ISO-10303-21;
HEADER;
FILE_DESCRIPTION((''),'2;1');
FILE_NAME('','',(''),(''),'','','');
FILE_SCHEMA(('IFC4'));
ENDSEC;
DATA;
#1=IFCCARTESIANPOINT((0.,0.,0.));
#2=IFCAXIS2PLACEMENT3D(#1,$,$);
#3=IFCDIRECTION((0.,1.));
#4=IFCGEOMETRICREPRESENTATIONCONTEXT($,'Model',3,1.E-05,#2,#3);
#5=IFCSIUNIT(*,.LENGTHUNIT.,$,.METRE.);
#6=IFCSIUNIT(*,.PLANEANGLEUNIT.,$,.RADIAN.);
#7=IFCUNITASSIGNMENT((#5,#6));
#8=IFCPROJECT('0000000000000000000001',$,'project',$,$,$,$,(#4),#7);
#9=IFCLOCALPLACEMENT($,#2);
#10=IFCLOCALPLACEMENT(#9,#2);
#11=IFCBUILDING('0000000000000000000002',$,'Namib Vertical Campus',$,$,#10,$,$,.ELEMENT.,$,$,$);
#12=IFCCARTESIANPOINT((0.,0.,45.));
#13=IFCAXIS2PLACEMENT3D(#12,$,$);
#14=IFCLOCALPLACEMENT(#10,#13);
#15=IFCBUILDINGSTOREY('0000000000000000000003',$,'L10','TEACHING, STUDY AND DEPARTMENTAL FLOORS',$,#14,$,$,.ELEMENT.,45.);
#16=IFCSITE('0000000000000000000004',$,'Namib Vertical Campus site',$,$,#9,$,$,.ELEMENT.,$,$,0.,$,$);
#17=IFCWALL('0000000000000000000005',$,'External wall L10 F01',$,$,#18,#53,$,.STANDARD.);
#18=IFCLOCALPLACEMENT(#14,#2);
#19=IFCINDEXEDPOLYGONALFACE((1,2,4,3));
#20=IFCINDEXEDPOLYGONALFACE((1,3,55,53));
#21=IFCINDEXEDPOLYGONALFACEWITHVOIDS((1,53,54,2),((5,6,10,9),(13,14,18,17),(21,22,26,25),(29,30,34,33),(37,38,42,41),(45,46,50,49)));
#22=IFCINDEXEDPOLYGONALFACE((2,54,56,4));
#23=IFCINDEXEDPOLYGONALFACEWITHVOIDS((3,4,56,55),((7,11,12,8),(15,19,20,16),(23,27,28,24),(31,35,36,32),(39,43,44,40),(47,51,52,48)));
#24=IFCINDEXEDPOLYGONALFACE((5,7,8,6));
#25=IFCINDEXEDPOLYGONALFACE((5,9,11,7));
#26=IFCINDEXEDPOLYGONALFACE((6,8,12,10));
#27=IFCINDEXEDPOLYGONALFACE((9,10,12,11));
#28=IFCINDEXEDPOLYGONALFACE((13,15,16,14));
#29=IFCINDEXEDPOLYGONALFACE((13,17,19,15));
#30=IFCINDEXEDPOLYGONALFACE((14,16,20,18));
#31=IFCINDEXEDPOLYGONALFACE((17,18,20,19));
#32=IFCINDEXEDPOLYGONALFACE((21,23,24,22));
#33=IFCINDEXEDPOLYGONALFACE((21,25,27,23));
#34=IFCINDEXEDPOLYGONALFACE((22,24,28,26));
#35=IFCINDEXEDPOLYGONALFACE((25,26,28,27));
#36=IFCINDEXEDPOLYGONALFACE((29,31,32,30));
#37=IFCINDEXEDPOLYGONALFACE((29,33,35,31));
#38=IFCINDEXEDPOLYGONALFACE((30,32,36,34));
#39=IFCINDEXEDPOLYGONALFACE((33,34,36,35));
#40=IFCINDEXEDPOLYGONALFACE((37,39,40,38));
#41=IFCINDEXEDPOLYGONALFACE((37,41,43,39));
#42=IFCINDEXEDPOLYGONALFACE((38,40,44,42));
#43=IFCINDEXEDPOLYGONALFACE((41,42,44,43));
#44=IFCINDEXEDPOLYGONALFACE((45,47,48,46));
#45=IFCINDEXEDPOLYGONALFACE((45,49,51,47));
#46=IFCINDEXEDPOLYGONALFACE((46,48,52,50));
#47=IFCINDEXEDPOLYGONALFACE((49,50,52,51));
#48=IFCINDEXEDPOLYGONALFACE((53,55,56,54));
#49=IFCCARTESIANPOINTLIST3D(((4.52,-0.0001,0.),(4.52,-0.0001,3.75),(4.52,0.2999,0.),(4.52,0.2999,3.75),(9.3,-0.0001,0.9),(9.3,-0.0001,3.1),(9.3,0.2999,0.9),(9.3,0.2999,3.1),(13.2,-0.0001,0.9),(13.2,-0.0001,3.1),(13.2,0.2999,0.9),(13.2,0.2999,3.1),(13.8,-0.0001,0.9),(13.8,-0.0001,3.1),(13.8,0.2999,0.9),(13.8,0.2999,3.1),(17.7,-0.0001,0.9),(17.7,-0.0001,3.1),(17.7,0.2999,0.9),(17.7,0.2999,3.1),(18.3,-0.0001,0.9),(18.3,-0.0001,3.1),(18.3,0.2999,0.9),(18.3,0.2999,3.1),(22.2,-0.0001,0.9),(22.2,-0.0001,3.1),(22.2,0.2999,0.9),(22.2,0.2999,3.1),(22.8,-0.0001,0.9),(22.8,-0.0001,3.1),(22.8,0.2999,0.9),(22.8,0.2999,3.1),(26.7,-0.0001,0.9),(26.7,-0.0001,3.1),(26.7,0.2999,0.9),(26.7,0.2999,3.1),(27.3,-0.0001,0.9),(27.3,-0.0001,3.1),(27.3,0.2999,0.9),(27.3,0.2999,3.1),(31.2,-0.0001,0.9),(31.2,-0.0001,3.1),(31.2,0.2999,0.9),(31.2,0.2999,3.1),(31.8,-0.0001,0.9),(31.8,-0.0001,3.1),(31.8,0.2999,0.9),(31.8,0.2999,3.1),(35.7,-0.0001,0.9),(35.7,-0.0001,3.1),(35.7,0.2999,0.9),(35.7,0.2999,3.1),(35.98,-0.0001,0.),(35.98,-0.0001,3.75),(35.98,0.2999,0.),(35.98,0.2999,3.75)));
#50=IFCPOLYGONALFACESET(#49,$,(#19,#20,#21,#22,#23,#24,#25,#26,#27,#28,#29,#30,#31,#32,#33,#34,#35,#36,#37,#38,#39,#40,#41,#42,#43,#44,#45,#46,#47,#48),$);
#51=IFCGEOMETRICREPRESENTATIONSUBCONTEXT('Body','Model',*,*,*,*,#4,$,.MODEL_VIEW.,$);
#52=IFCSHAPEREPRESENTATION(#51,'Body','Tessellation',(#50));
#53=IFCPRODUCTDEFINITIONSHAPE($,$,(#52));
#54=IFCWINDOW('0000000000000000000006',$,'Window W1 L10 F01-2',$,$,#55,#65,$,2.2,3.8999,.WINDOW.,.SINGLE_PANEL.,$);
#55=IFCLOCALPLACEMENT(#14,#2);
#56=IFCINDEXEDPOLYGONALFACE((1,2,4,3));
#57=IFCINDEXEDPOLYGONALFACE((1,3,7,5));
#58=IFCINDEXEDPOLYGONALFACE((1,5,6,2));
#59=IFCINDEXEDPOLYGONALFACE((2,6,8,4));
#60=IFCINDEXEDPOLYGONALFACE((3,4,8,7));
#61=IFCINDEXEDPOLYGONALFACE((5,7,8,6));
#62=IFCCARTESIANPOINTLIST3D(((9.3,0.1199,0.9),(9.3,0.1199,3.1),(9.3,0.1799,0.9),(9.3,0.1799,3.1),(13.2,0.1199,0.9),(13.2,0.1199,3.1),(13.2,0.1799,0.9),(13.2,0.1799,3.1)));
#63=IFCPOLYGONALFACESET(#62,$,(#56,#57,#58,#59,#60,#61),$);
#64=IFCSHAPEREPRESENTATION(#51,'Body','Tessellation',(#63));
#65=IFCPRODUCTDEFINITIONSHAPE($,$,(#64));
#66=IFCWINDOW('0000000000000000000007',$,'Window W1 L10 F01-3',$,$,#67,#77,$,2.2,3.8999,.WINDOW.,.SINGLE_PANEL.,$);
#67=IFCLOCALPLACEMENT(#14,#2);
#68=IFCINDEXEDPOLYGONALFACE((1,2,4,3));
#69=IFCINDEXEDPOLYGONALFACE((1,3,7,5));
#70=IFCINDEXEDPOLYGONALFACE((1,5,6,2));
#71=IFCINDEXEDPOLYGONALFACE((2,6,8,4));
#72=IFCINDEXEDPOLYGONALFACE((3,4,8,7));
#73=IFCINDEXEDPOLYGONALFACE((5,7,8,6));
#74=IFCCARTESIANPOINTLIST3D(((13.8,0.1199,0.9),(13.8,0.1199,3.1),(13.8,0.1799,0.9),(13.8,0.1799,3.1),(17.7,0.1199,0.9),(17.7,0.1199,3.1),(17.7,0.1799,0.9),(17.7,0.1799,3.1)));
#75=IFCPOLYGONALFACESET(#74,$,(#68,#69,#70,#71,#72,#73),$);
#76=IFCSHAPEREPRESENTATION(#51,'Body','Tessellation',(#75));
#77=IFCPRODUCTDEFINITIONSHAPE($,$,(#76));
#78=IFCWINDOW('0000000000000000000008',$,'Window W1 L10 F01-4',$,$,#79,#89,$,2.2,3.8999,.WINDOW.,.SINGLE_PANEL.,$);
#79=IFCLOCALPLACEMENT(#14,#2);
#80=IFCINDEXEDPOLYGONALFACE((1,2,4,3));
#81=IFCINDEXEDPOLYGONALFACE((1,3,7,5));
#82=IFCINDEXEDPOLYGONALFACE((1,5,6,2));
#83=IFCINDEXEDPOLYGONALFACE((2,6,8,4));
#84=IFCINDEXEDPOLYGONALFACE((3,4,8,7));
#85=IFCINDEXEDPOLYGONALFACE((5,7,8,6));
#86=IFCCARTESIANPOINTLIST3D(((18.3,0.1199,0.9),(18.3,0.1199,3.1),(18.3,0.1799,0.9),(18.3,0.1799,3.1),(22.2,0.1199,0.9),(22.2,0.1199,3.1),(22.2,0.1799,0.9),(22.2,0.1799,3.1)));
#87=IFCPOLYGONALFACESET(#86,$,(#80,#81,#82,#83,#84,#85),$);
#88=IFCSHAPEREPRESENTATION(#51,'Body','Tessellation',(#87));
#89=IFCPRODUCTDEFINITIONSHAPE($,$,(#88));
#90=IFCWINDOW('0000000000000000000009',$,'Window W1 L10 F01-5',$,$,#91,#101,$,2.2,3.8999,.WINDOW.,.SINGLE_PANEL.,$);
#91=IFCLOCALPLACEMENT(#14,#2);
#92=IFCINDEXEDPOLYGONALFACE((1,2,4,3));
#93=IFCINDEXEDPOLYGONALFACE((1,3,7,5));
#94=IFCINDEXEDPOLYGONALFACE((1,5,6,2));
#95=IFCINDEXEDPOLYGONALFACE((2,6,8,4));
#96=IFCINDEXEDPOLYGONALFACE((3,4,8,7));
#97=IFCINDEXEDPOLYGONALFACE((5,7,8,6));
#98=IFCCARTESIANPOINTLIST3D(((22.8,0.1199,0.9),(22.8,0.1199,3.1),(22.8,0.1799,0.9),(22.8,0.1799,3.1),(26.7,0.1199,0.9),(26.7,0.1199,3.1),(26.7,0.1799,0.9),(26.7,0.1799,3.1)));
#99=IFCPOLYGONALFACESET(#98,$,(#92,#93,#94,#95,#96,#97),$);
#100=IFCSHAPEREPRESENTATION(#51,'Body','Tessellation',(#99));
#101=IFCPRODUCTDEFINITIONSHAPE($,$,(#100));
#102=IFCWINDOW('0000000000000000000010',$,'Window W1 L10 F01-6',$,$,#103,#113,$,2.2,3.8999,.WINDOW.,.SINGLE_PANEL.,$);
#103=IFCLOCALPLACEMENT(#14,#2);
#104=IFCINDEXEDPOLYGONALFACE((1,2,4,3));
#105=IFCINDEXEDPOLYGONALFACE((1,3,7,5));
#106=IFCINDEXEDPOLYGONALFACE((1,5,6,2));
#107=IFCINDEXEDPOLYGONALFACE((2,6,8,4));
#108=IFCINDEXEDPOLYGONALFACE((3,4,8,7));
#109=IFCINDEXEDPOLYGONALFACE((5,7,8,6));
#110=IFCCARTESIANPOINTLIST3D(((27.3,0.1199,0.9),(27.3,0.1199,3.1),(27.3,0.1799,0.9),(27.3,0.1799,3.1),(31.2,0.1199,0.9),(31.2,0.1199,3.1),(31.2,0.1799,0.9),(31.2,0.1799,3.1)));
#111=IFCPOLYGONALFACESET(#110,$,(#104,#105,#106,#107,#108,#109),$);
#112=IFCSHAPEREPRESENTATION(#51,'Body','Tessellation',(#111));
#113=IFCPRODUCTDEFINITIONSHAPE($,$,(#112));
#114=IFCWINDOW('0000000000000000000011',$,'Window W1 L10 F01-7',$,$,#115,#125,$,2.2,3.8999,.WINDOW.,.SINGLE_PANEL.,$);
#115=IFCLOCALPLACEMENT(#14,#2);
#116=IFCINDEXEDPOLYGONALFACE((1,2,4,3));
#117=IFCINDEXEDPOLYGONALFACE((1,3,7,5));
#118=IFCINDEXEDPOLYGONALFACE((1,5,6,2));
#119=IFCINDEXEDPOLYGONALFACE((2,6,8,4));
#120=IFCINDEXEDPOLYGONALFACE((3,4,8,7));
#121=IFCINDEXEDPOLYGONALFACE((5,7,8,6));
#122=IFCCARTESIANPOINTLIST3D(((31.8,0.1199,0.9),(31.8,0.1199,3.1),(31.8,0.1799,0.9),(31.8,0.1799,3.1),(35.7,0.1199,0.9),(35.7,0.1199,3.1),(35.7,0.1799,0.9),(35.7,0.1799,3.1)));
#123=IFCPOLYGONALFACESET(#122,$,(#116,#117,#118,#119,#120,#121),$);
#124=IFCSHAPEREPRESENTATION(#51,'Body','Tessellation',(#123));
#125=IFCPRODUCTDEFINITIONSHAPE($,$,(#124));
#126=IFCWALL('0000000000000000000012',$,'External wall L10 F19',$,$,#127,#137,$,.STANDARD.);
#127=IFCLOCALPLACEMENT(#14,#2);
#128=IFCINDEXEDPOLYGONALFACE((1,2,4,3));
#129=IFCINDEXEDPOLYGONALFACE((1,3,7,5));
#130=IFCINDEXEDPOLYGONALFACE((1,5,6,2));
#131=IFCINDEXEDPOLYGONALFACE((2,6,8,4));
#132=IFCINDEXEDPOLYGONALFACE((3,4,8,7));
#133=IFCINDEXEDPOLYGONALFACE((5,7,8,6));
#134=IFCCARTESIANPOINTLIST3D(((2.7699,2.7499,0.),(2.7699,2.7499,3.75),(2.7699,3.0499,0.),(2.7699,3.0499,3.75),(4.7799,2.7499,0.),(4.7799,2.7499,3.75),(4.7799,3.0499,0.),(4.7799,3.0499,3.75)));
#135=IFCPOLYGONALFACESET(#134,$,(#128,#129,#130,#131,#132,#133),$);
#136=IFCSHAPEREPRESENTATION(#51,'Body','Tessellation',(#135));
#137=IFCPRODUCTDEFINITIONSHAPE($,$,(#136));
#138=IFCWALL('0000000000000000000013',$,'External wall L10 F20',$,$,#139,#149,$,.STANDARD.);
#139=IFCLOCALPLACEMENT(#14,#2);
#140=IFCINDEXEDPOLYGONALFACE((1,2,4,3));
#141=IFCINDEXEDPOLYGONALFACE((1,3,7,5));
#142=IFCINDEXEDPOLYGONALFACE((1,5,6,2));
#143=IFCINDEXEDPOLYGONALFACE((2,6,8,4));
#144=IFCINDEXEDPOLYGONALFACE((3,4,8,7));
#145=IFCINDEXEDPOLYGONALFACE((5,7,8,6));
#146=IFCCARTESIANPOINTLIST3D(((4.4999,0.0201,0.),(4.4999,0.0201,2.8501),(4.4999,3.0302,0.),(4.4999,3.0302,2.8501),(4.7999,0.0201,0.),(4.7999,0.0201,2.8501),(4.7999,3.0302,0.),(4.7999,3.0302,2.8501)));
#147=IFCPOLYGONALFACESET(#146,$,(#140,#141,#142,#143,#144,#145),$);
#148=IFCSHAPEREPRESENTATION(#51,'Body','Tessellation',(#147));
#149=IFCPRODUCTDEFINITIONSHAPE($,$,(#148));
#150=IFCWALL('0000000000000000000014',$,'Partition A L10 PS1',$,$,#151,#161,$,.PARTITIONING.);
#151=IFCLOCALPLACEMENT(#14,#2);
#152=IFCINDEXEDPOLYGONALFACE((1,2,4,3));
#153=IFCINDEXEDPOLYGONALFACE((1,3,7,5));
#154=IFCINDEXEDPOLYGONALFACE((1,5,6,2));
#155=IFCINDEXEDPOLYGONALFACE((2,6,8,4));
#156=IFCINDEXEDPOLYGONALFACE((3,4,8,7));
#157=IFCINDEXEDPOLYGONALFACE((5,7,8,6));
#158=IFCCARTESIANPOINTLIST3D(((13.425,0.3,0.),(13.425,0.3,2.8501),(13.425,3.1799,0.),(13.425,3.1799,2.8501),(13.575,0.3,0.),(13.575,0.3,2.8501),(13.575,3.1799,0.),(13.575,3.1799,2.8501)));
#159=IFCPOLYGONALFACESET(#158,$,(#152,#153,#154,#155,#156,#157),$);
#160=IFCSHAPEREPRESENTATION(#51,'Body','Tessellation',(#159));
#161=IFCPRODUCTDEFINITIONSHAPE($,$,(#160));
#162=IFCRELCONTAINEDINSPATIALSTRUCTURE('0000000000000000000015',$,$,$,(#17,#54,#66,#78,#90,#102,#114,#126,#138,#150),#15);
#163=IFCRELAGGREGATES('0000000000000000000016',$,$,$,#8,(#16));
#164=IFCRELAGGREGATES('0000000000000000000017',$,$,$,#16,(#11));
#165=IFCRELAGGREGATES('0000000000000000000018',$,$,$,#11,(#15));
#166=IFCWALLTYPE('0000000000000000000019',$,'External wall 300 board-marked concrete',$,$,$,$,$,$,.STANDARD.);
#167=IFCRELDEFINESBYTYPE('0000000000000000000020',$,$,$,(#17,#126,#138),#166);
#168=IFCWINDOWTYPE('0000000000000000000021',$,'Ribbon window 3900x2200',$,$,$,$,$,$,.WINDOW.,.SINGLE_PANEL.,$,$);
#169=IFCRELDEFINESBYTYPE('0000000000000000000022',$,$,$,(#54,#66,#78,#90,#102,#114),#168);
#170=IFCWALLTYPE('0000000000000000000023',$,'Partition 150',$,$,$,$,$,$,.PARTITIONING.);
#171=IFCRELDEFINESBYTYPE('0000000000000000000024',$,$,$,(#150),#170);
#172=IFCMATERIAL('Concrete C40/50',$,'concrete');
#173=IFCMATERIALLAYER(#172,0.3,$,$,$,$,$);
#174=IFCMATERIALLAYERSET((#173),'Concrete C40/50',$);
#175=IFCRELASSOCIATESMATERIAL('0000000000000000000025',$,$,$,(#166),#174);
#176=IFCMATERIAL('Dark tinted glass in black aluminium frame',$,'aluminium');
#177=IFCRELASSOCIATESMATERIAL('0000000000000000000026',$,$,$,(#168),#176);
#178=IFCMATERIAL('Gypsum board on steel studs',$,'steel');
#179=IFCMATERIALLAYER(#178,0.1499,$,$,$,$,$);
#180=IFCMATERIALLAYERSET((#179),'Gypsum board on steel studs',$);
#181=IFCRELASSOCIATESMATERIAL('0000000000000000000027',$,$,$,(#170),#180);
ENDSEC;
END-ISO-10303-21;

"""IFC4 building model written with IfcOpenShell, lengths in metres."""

from ifc_helpers import new_model, si_unit, direction, frame, frame_2d, origin, place, context, subcontext, project, spatial, rectangle, extrude, material, layer, layer_set, type_object, element, fill, save


model = new_model("IFC4")

# Units and contexts
model_context = context("Model", 3, precision=1e-05, world=origin(), true_north=direction((0.0, 1.0)))
body_context = subcontext(model_context, "Body", "Model", "MODEL_VIEW")
ifc_project = project(units=[si_unit("LENGTHUNIT", "METRE"), si_unit("PLANEANGLEUNIT", "RADIAN")], contexts=[model_context])

# Site, building, storey
site_placement = place(None, origin())
site = spatial("IfcSite", under=ifc_project, at=site_placement, Name="Namib Vertical Campus site", CompositionType="ELEMENT", RefElevation=0.0)
building_placement = place(site_placement, origin())
building = spatial("IfcBuilding", under=site, at=building_placement, Name="Namib Vertical Campus", CompositionType="ELEMENT")
storey_placement = place(building_placement, frame((0.0, 0.0, 45.0)))
storey = spatial("IfcBuildingStorey", under=building, at=storey_placement, Name="L10", Description="TEACHING, STUDY AND DEPARTMENTAL FLOORS", CompositionType="ELEMENT", Elevation=45.0)

# Wall, openings, windows
ifc_material_1 = material(Name="Concrete C40/50", Category="concrete")
ifc_layer_1 = layer(ifc_material_1, 0.3)
ifc_layer_set_1 = layer_set([ifc_layer_1], Name="Concrete C40/50")
wall_type_1 = type_object("IfcWallType", Name="External wall 300 board-marked concrete", PredefinedType="STANDARD", material=ifc_layer_set_1)
wall_1_placement = place(storey_placement, frame((4.52, 0.1499, 0.0), z_axis=(0.0, 0.0, 1.0), x_axis=(1.0, 0.0, 0.0)))
wall_1 = element("IfcWall", 1, at=wall_1_placement, inside=storey, type_object=wall_type_1, Name="External wall L10 F01", PredefinedType="STANDARD", context=body_context, shape_type="SweptSolid", body=[
    extrude(rectangle(XDim=31.46, YDim=0.3, at=frame_2d((15.73, 0.0))), origin(), (0.0, 0.0, 1.0), 3.75),
])
opening_1_placement = place(wall_1_placement, frame((4.78, 0.0, 0.8999)))
opening_1 = element("IfcOpeningElement", 2, at=opening_1_placement, cuts=wall_1, PredefinedType="OPENING", context=body_context, shape_type="SweptSolid", body=[
    extrude(rectangle(XDim=3.8999, YDim=2.2, at=frame_2d((1.95, 1.1001))), frame((0.0, 0.1599, 0.0), z_axis=(0.0, -1.0, 0.0), x_axis=(1.0, 0.0, 0.0)), (0.0, 0.0, 1.0), 0.3201),
])
opening_2_placement = place(wall_1_placement, frame((9.28, 0.0, 0.8999)))
opening_2 = element("IfcOpeningElement", 3, at=opening_2_placement, cuts=wall_1, PredefinedType="OPENING", context=body_context, shape_type="SweptSolid", body=[
    extrude(rectangle(XDim=3.8999, YDim=2.2, at=frame_2d((1.95, 1.1001))), frame((0.0, 0.1599, 0.0), z_axis=(0.0, -1.0, 0.0), x_axis=(1.0, 0.0, 0.0)), (0.0, 0.0, 1.0), 0.3201),
])
opening_3_placement = place(wall_1_placement, frame((13.78, 0.0, 0.8999)))
opening_3 = element("IfcOpeningElement", 4, at=opening_3_placement, cuts=wall_1, PredefinedType="OPENING", context=body_context, shape_type="SweptSolid", body=[
    extrude(rectangle(XDim=3.8999, YDim=2.2, at=frame_2d((1.95, 1.1001))), frame((0.0, 0.1599, 0.0), z_axis=(0.0, -1.0, 0.0), x_axis=(1.0, 0.0, 0.0)), (0.0, 0.0, 1.0), 0.3201),
])
opening_4_placement = place(wall_1_placement, frame((18.28, 0.0, 0.8999)))
opening_4 = element("IfcOpeningElement", 5, at=opening_4_placement, cuts=wall_1, PredefinedType="OPENING", context=body_context, shape_type="SweptSolid", body=[
    extrude(rectangle(XDim=3.8999, YDim=2.2, at=frame_2d((1.95, 1.1001))), frame((0.0, 0.1599, 0.0), z_axis=(0.0, -1.0, 0.0), x_axis=(1.0, 0.0, 0.0)), (0.0, 0.0, 1.0), 0.3201),
])
opening_5_placement = place(wall_1_placement, frame((22.78, 0.0, 0.8999)))
opening_5 = element("IfcOpeningElement", 6, at=opening_5_placement, cuts=wall_1, PredefinedType="OPENING", context=body_context, shape_type="SweptSolid", body=[
    extrude(rectangle(XDim=3.8999, YDim=2.2, at=frame_2d((1.95, 1.1001))), frame((0.0, 0.1599, 0.0), z_axis=(0.0, -1.0, 0.0), x_axis=(1.0, 0.0, 0.0)), (0.0, 0.0, 1.0), 0.3201),
])
opening_6_placement = place(wall_1_placement, frame((27.28, 0.0, 0.8999)))
opening_6 = element("IfcOpeningElement", 7, at=opening_6_placement, cuts=wall_1, PredefinedType="OPENING", context=body_context, shape_type="SweptSolid", body=[
    extrude(rectangle(XDim=3.8999, YDim=2.2, at=frame_2d((1.95, 1.1001))), frame((0.0, 0.1599, 0.0), z_axis=(0.0, -1.0, 0.0), x_axis=(1.0, 0.0, 0.0)), (0.0, 0.0, 1.0), 0.3201),
])
ifc_material_2 = material(Name="Dark tinted glass in black aluminium frame", Category="aluminium")
window_type = type_object("IfcWindowType", Name="Ribbon window 3900x2200", PartitioningType="SINGLE_PANEL", PredefinedType="WINDOW", material=ifc_material_2)
window_1_placement = place(opening_1_placement, origin())
window_1 = element("IfcWindow", 8, at=window_1_placement, inside=storey, type_object=window_type, Name="Window W1 L10 F01-2", OverallHeight=2.2, OverallWidth=3.8999, PartitioningType="SINGLE_PANEL", PredefinedType="WINDOW", context=body_context, shape_type="SweptSolid", body=[
    extrude(rectangle(XDim=3.8999, YDim=2.2, at=frame_2d((1.95, 1.1001))), frame((0.0, 0.03, 0.0), z_axis=(0.0, -1.0, 0.0), x_axis=(1.0, 0.0, 0.0)), (0.0, 0.0, 1.0), 0.0601),
])
fill(opening_1, window_1)
window_2_placement = place(opening_2_placement, origin())
window_2 = element("IfcWindow", 9, at=window_2_placement, inside=storey, type_object=window_type, Name="Window W1 L10 F01-3", OverallHeight=2.2, OverallWidth=3.8999, PartitioningType="SINGLE_PANEL", PredefinedType="WINDOW", context=body_context, shape_type="SweptSolid", body=[
    extrude(rectangle(XDim=3.8999, YDim=2.2, at=frame_2d((1.95, 1.1001))), frame((0.0, 0.03, 0.0), z_axis=(0.0, -1.0, 0.0), x_axis=(1.0, 0.0, 0.0)), (0.0, 0.0, 1.0), 0.0601),
])
fill(opening_2, window_2)
window_3_placement = place(opening_3_placement, origin())
window_3 = element("IfcWindow", 10, at=window_3_placement, inside=storey, type_object=window_type, Name="Window W1 L10 F01-4", OverallHeight=2.2, OverallWidth=3.8999, PartitioningType="SINGLE_PANEL", PredefinedType="WINDOW", context=body_context, shape_type="SweptSolid", body=[
    extrude(rectangle(XDim=3.8999, YDim=2.2, at=frame_2d((1.95, 1.1001))), frame((0.0, 0.03, 0.0), z_axis=(0.0, -1.0, 0.0), x_axis=(1.0, 0.0, 0.0)), (0.0, 0.0, 1.0), 0.0601),
])
fill(opening_3, window_3)
window_4_placement = place(opening_4_placement, origin())
window_4 = element("IfcWindow", 11, at=window_4_placement, inside=storey, type_object=window_type, Name="Window W1 L10 F01-5", OverallHeight=2.2, OverallWidth=3.8999, PartitioningType="SINGLE_PANEL", PredefinedType="WINDOW", context=body_context, shape_type="SweptSolid", body=[
    extrude(rectangle(XDim=3.8999, YDim=2.2, at=frame_2d((1.95, 1.1001))), frame((0.0, 0.03, 0.0), z_axis=(0.0, -1.0, 0.0), x_axis=(1.0, 0.0, 0.0)), (0.0, 0.0, 1.0), 0.0601),
])
fill(opening_4, window_4)
window_5_placement = place(opening_5_placement, origin())
window_5 = element("IfcWindow", 12, at=window_5_placement, inside=storey, type_object=window_type, Name="Window W1 L10 F01-6", OverallHeight=2.2, OverallWidth=3.8999, PartitioningType="SINGLE_PANEL", PredefinedType="WINDOW", context=body_context, shape_type="SweptSolid", body=[
    extrude(rectangle(XDim=3.8999, YDim=2.2, at=frame_2d((1.95, 1.1001))), frame((0.0, 0.03, 0.0), z_axis=(0.0, -1.0, 0.0), x_axis=(1.0, 0.0, 0.0)), (0.0, 0.0, 1.0), 0.0601),
])
fill(opening_5, window_5)
window_6_placement = place(opening_6_placement, origin())
window_6 = element("IfcWindow", 13, at=window_6_placement, inside=storey, type_object=window_type, Name="Window W1 L10 F01-7", OverallHeight=2.2, OverallWidth=3.8999, PartitioningType="SINGLE_PANEL", PredefinedType="WINDOW", context=body_context, shape_type="SweptSolid", body=[
    extrude(rectangle(XDim=3.8999, YDim=2.2, at=frame_2d((1.95, 1.1001))), frame((0.0, 0.03, 0.0), z_axis=(0.0, -1.0, 0.0), x_axis=(1.0, 0.0, 0.0)), (0.0, 0.0, 1.0), 0.0601),
])
fill(opening_6, window_6)

# Walls
wall_2_placement = place(storey_placement, frame((2.77, 2.8999, 0.0), z_axis=(0.0, 0.0, 1.0), x_axis=(1.0, 0.0, 0.0)))
element("IfcWall", 14, at=wall_2_placement, inside=storey, type_object=wall_type_1, Name="External wall L10 F19", PredefinedType="STANDARD", context=body_context, shape_type="SweptSolid", body=[
    extrude(rectangle(XDim=2.01, YDim=0.3, at=frame_2d((1.0049, 0.0))), origin(), (0.0, 0.0, 1.0), 3.75),
])
wall_3_placement = place(storey_placement, frame((4.6499, 3.03, 0.0), z_axis=(0.0, 0.0, 1.0), x_axis=(0.0, -1.0, 0.0)))
element("IfcWall", 15, at=wall_3_placement, inside=storey, type_object=wall_type_1, Name="External wall L10 F20", PredefinedType="STANDARD", context=body_context, shape_type="SweptSolid", body=[
    extrude(rectangle(XDim=3.01, YDim=0.3, at=frame_2d((1.5049, 0.0))), origin(), (0.0, 0.0, 1.0), 2.8501),
])
ifc_material_3 = material(Name="Gypsum board on steel studs", Category="steel")
ifc_layer_2 = layer(ifc_material_3, 0.1499)
ifc_layer_set_2 = layer_set([ifc_layer_2], Name="Gypsum board on steel studs")
wall_type_2 = type_object("IfcWallType", Name="Partition 150", PredefinedType="PARTITIONING", material=ifc_layer_set_2)
wall_4_placement = place(storey_placement, frame((13.5, 0.3, 0.0), z_axis=(0.0, 0.0, 1.0), x_axis=(0.0, 1.0, 0.0)))
element("IfcWall", 16, at=wall_4_placement, inside=storey, type_object=wall_type_2, Name="Partition A L10 PS1", PredefinedType="PARTITIONING", context=body_context, shape_type="SweptSolid", body=[
    extrude(rectangle(XDim=2.8799, YDim=0.1499, at=frame_2d((1.4399, 0.0))), origin(), (0.0, 0.0, 1.0), 2.8501),
])

save(model, "model.ifc")
